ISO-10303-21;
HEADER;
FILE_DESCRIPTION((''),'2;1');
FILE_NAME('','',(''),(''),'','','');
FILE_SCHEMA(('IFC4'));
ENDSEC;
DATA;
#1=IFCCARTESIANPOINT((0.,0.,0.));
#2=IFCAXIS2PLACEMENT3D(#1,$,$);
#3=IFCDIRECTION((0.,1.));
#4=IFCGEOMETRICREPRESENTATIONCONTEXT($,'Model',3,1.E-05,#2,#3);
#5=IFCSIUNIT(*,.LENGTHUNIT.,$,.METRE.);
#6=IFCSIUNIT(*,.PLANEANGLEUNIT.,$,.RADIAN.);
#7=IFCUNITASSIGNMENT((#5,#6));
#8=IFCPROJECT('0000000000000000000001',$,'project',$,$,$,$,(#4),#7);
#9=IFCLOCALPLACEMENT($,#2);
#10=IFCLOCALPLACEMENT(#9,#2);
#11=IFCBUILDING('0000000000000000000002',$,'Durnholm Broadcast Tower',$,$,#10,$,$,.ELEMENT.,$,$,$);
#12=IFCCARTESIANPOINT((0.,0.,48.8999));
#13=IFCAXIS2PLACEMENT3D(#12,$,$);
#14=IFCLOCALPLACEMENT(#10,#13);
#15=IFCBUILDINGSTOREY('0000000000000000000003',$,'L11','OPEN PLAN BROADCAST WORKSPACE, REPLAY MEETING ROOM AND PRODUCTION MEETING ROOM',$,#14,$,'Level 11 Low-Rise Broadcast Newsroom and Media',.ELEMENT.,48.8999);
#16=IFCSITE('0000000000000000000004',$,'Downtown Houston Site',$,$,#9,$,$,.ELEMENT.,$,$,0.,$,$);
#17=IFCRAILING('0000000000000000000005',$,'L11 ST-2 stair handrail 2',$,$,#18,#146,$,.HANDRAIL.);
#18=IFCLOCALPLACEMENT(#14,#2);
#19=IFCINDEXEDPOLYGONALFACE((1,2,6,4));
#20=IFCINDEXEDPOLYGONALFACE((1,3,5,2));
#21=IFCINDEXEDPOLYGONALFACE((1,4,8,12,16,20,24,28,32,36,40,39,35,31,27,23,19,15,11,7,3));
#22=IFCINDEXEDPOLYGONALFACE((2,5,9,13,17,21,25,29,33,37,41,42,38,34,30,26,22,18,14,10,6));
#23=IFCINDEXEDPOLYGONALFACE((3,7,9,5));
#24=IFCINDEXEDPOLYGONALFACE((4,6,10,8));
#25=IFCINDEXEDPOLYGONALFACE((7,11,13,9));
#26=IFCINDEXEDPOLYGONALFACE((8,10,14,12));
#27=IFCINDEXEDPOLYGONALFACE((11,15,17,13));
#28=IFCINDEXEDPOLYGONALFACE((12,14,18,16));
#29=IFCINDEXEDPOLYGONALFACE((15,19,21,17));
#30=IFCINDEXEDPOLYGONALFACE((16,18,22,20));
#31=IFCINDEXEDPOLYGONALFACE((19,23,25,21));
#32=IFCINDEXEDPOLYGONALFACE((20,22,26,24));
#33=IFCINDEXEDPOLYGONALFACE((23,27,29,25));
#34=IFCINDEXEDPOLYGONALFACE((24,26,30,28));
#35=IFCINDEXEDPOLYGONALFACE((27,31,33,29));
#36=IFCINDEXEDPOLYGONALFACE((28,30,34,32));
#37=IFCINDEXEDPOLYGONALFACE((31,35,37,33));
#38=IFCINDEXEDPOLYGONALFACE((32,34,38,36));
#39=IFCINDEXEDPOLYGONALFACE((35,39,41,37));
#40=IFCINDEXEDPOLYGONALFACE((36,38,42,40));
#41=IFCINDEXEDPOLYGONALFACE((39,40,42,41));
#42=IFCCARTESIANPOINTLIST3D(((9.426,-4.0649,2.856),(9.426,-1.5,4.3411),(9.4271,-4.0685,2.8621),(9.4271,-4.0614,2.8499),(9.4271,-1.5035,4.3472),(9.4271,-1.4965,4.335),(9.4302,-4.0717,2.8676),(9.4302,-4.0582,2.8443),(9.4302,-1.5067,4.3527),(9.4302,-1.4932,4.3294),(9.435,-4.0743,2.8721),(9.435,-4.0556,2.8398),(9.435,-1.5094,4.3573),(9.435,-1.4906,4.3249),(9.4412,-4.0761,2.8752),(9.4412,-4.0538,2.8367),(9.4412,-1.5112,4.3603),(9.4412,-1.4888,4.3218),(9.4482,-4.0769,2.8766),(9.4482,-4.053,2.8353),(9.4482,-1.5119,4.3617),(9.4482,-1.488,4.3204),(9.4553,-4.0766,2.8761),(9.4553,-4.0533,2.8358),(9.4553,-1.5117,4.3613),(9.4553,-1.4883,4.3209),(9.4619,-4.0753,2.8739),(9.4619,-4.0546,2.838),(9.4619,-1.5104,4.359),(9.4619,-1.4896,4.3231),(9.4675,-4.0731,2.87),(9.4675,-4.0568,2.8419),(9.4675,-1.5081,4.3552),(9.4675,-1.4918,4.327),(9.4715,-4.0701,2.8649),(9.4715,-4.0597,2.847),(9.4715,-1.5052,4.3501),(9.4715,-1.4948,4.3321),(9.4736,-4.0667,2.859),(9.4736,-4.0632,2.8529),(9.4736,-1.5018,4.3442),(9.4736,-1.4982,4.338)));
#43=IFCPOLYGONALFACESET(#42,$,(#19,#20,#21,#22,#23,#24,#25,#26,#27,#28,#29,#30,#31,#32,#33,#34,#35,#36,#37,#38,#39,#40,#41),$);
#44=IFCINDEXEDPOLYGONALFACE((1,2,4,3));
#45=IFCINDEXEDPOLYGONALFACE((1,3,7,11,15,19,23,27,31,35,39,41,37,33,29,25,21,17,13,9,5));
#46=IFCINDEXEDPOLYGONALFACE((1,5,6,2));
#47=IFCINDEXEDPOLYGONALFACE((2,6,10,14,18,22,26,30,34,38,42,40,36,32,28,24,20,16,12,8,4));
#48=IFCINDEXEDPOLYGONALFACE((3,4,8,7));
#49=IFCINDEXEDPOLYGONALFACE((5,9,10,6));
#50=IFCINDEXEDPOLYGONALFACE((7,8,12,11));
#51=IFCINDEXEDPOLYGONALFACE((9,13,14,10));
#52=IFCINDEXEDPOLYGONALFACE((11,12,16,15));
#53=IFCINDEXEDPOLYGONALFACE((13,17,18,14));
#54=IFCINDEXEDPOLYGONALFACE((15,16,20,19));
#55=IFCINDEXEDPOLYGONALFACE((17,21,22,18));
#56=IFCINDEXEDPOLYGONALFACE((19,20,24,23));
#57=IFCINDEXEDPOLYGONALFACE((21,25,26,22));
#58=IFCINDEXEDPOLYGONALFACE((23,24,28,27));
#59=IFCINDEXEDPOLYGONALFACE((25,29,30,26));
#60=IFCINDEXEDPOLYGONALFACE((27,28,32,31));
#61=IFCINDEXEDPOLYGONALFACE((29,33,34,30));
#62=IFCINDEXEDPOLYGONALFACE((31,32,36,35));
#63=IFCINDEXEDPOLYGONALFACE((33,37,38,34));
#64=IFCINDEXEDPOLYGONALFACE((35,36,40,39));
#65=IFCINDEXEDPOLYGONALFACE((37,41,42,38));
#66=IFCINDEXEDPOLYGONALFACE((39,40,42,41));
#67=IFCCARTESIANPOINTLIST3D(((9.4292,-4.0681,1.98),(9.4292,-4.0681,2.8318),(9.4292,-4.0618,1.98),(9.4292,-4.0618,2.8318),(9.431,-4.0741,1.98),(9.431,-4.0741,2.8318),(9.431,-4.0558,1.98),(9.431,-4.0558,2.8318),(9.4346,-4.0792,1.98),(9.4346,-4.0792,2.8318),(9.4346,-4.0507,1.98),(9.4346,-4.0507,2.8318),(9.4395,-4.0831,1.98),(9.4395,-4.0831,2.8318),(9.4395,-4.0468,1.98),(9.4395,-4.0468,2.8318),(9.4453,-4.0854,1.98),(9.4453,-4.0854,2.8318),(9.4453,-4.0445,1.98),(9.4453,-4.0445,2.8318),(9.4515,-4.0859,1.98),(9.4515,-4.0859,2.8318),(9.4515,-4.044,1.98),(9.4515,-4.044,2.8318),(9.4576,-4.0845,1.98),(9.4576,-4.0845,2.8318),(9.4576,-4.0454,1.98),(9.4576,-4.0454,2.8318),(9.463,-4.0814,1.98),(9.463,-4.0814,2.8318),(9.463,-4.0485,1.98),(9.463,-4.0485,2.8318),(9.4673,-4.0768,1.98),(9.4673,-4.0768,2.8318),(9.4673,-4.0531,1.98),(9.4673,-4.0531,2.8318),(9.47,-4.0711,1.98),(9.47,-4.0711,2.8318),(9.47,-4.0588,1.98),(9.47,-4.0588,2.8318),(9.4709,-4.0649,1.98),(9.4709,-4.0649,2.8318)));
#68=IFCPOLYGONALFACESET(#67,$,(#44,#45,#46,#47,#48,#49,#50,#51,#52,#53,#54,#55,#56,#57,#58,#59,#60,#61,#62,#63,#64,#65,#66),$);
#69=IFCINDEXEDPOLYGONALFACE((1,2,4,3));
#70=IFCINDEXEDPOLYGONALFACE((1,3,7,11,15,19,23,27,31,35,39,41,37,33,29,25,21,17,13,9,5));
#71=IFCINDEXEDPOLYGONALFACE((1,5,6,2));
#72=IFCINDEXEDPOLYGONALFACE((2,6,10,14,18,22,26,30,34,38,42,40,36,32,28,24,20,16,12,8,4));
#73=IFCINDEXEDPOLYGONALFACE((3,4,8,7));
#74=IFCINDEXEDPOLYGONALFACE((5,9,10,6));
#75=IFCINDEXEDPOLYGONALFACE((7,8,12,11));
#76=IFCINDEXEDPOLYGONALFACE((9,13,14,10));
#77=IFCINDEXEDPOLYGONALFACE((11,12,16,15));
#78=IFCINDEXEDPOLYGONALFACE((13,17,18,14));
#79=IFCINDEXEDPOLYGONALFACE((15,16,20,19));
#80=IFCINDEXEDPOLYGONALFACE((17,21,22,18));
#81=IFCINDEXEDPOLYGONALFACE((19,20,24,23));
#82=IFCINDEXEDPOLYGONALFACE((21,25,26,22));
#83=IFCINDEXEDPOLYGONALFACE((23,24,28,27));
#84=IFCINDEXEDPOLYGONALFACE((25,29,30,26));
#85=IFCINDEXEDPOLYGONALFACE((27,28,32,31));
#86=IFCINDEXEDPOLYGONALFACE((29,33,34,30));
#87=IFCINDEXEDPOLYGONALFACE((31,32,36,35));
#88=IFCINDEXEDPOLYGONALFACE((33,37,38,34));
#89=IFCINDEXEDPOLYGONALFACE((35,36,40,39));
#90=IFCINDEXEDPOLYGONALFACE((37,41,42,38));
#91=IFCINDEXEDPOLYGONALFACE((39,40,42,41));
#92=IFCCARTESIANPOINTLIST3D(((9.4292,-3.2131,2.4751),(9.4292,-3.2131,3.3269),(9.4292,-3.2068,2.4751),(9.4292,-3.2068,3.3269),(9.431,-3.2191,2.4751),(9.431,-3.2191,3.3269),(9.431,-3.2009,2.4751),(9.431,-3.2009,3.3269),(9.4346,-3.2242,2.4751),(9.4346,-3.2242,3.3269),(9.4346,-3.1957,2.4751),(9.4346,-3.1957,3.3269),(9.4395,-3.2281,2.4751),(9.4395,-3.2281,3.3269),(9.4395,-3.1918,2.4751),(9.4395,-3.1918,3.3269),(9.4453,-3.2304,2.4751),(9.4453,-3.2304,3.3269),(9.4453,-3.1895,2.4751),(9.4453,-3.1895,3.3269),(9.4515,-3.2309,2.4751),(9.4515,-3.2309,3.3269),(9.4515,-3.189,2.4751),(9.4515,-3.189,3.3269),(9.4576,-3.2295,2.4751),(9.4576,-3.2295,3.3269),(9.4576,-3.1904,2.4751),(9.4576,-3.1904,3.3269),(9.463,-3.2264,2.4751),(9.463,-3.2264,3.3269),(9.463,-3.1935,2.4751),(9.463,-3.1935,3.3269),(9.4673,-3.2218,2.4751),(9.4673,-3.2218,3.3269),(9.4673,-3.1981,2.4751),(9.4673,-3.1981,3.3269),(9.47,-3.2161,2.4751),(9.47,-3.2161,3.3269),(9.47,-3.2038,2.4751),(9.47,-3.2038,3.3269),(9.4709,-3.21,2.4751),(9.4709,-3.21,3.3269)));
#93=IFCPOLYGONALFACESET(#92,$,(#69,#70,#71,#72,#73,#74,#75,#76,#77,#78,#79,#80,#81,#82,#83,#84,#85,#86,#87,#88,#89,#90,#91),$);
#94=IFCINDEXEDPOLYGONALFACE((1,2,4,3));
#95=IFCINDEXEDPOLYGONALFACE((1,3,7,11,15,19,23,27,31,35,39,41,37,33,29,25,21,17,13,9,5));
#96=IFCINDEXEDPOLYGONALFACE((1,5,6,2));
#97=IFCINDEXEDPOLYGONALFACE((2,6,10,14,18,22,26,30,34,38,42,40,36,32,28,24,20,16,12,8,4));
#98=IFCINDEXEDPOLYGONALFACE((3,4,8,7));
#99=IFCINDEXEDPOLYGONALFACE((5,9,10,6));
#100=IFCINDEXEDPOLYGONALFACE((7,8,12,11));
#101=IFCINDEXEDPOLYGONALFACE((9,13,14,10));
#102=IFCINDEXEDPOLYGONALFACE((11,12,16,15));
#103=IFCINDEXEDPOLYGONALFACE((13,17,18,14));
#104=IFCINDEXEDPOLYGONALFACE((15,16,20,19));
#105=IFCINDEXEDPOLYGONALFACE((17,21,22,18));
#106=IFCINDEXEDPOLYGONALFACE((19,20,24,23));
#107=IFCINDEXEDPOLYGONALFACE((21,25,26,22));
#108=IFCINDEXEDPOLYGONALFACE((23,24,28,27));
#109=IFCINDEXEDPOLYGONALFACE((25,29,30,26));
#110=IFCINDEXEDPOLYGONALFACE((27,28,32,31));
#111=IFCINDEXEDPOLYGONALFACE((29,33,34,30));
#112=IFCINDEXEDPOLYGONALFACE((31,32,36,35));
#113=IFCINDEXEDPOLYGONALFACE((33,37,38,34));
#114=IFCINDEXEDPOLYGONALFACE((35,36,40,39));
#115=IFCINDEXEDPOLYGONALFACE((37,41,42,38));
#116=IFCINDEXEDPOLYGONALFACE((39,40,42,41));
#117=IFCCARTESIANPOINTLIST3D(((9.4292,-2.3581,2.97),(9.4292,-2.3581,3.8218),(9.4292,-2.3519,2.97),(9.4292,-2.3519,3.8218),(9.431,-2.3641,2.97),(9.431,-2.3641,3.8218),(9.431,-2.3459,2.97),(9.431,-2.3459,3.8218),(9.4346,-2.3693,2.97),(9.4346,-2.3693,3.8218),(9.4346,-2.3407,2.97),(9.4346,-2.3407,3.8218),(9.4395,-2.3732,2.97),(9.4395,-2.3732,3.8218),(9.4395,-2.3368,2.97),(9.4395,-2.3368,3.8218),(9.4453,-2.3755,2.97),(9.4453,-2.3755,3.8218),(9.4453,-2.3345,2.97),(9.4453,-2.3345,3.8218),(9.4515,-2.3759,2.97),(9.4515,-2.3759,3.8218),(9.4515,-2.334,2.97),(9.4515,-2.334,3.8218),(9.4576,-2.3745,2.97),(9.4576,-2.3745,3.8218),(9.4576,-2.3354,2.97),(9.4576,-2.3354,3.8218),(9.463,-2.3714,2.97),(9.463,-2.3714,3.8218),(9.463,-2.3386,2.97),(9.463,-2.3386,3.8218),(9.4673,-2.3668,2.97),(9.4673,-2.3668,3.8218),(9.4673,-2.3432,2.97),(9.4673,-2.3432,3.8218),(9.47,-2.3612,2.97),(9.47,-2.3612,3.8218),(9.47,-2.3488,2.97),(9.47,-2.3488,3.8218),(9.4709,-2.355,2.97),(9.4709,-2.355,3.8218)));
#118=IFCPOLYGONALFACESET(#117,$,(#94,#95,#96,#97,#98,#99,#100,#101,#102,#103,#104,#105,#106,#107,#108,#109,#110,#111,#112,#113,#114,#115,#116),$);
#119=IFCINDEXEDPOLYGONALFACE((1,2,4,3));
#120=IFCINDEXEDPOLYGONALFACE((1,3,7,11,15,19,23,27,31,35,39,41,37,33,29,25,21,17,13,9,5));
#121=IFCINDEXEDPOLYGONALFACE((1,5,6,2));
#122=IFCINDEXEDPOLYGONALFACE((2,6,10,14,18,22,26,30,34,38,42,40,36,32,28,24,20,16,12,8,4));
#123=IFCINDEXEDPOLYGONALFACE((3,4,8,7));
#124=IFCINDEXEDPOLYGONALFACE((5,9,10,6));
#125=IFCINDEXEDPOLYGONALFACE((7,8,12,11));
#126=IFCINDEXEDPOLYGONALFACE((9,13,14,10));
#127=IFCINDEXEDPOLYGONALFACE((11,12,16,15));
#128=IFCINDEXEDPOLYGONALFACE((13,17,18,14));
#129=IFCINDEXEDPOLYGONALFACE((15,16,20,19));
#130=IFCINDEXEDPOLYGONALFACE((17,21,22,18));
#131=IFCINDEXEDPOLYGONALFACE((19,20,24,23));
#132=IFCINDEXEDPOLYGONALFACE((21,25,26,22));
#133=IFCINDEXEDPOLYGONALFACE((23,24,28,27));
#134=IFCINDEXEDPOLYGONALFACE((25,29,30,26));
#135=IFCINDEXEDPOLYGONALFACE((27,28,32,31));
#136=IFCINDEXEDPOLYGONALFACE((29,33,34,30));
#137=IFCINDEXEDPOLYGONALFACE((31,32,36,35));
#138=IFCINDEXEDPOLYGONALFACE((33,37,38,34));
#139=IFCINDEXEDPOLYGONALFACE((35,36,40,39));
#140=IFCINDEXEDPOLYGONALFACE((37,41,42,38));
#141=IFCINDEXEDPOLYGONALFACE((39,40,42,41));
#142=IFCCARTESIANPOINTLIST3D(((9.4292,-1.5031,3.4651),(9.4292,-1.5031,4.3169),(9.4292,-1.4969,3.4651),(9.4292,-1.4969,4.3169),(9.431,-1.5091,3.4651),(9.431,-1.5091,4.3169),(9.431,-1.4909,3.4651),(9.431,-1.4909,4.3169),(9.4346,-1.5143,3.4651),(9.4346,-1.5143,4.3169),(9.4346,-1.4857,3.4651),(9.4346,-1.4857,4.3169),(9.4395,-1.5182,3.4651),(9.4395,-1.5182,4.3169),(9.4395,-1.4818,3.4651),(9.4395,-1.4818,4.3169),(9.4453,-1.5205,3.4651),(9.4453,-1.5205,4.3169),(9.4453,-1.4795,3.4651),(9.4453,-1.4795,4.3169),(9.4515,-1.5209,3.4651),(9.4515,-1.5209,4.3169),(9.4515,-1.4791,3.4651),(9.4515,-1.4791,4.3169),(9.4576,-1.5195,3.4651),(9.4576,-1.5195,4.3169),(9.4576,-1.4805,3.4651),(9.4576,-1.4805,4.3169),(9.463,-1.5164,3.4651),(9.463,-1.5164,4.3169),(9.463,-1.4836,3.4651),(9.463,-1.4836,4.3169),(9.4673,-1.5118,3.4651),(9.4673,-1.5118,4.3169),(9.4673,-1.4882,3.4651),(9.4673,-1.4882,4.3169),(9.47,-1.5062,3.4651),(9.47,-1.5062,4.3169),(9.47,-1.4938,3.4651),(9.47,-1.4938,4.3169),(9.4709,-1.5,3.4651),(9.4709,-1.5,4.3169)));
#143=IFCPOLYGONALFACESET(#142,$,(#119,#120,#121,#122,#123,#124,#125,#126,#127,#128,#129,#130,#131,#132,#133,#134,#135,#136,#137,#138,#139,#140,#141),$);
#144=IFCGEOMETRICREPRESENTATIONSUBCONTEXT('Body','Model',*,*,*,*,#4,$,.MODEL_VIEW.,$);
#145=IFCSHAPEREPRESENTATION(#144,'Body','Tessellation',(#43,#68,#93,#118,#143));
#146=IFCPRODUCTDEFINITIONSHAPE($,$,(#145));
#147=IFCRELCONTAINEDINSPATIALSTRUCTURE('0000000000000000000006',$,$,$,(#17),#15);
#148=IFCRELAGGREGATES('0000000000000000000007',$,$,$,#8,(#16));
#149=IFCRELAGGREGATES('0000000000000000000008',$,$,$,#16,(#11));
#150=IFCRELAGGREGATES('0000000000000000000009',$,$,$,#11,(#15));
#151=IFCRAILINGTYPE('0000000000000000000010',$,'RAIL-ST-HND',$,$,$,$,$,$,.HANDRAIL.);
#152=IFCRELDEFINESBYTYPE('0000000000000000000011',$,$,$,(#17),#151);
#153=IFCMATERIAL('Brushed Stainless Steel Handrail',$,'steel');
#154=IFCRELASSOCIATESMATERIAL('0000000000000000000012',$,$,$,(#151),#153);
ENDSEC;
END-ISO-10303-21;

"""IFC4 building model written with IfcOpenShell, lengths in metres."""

from ifc_helpers import new_model, si_unit, direction, frame, origin, origin_2d, place, context, subcontext, project, spatial, circle, extrude, material, type_object, element, save


model = new_model("IFC4")

# Units and contexts
model_context = context("Model", 3, precision=1e-05, world=origin(), true_north=direction((0.0, 1.0)))
body_context = subcontext(model_context, "Body", "Model", "MODEL_VIEW")
ifc_project = project(units=[si_unit("LENGTHUNIT", "METRE"), si_unit("PLANEANGLEUNIT", "RADIAN")], contexts=[model_context])

# Site, building, storey
site_placement = place(None, origin())
site = spatial("IfcSite", under=ifc_project, at=site_placement, Name="Downtown Houston Site", CompositionType="ELEMENT", RefElevation=0.0)
building_placement = place(site_placement, origin())
building = spatial("IfcBuilding", under=site, at=building_placement, Name="Durnholm Broadcast Tower", CompositionType="ELEMENT")
storey_placement = place(building_placement, frame((0.0, 0.0, 48.8999)))
storey = spatial("IfcBuildingStorey", under=building, at=storey_placement, Name="L11", Description="OPEN PLAN BROADCAST WORKSPACE, REPLAY MEETING ROOM AND PRODUCTION MEETING ROOM", LongName="Level 11 Low-Rise Broadcast Newsroom and Media", CompositionType="ELEMENT", Elevation=48.8999)

# Railing
ifc_material_1 = material(Name="Brushed Stainless Steel Handrail", Category="steel")
railing_type_1 = type_object("IfcRailingType", Name="RAIL-ST-HND", PredefinedType="HANDRAIL", material=ifc_material_1)
railing_1_placement = place(storey_placement, frame((9.45, -4.0649, 1.98)))
element("IfcRailing", 1, at=railing_1_placement, inside=storey, type_object=railing_type_1, Name="L11 ST-2 stair handrail 2", PredefinedType="HANDRAIL", context=body_context, shape_type="SweptSolid", body=[
    extrude(circle(Radius=0.0239, at=origin_2d()), frame((0.0, 0.0, 0.876), z_axis=(0.0, 0.865406, 0.501072), x_axis=(-1.0, 0.0, 0.0)), (0.0, 0.0, 1.0), 2.9639),
    extrude(circle(Radius=0.021, at=origin_2d()), origin(), (0.0, 0.0, 1.0), 0.8518),
    extrude(circle(Radius=0.021, at=origin_2d()), frame((0.0, 0.855, 0.4951)), (0.0, 0.0, 1.0), 0.8518),
    extrude(circle(Radius=0.021, at=origin_2d()), frame((0.0, 1.71, 0.99)), (0.0, 0.0, 1.0), 0.8518),
    extrude(circle(Radius=0.021, at=origin_2d()), frame((0.0, 2.5649, 1.4851)), (0.0, 0.0, 1.0), 0.8518),
])

save(model, "model.ifc")
